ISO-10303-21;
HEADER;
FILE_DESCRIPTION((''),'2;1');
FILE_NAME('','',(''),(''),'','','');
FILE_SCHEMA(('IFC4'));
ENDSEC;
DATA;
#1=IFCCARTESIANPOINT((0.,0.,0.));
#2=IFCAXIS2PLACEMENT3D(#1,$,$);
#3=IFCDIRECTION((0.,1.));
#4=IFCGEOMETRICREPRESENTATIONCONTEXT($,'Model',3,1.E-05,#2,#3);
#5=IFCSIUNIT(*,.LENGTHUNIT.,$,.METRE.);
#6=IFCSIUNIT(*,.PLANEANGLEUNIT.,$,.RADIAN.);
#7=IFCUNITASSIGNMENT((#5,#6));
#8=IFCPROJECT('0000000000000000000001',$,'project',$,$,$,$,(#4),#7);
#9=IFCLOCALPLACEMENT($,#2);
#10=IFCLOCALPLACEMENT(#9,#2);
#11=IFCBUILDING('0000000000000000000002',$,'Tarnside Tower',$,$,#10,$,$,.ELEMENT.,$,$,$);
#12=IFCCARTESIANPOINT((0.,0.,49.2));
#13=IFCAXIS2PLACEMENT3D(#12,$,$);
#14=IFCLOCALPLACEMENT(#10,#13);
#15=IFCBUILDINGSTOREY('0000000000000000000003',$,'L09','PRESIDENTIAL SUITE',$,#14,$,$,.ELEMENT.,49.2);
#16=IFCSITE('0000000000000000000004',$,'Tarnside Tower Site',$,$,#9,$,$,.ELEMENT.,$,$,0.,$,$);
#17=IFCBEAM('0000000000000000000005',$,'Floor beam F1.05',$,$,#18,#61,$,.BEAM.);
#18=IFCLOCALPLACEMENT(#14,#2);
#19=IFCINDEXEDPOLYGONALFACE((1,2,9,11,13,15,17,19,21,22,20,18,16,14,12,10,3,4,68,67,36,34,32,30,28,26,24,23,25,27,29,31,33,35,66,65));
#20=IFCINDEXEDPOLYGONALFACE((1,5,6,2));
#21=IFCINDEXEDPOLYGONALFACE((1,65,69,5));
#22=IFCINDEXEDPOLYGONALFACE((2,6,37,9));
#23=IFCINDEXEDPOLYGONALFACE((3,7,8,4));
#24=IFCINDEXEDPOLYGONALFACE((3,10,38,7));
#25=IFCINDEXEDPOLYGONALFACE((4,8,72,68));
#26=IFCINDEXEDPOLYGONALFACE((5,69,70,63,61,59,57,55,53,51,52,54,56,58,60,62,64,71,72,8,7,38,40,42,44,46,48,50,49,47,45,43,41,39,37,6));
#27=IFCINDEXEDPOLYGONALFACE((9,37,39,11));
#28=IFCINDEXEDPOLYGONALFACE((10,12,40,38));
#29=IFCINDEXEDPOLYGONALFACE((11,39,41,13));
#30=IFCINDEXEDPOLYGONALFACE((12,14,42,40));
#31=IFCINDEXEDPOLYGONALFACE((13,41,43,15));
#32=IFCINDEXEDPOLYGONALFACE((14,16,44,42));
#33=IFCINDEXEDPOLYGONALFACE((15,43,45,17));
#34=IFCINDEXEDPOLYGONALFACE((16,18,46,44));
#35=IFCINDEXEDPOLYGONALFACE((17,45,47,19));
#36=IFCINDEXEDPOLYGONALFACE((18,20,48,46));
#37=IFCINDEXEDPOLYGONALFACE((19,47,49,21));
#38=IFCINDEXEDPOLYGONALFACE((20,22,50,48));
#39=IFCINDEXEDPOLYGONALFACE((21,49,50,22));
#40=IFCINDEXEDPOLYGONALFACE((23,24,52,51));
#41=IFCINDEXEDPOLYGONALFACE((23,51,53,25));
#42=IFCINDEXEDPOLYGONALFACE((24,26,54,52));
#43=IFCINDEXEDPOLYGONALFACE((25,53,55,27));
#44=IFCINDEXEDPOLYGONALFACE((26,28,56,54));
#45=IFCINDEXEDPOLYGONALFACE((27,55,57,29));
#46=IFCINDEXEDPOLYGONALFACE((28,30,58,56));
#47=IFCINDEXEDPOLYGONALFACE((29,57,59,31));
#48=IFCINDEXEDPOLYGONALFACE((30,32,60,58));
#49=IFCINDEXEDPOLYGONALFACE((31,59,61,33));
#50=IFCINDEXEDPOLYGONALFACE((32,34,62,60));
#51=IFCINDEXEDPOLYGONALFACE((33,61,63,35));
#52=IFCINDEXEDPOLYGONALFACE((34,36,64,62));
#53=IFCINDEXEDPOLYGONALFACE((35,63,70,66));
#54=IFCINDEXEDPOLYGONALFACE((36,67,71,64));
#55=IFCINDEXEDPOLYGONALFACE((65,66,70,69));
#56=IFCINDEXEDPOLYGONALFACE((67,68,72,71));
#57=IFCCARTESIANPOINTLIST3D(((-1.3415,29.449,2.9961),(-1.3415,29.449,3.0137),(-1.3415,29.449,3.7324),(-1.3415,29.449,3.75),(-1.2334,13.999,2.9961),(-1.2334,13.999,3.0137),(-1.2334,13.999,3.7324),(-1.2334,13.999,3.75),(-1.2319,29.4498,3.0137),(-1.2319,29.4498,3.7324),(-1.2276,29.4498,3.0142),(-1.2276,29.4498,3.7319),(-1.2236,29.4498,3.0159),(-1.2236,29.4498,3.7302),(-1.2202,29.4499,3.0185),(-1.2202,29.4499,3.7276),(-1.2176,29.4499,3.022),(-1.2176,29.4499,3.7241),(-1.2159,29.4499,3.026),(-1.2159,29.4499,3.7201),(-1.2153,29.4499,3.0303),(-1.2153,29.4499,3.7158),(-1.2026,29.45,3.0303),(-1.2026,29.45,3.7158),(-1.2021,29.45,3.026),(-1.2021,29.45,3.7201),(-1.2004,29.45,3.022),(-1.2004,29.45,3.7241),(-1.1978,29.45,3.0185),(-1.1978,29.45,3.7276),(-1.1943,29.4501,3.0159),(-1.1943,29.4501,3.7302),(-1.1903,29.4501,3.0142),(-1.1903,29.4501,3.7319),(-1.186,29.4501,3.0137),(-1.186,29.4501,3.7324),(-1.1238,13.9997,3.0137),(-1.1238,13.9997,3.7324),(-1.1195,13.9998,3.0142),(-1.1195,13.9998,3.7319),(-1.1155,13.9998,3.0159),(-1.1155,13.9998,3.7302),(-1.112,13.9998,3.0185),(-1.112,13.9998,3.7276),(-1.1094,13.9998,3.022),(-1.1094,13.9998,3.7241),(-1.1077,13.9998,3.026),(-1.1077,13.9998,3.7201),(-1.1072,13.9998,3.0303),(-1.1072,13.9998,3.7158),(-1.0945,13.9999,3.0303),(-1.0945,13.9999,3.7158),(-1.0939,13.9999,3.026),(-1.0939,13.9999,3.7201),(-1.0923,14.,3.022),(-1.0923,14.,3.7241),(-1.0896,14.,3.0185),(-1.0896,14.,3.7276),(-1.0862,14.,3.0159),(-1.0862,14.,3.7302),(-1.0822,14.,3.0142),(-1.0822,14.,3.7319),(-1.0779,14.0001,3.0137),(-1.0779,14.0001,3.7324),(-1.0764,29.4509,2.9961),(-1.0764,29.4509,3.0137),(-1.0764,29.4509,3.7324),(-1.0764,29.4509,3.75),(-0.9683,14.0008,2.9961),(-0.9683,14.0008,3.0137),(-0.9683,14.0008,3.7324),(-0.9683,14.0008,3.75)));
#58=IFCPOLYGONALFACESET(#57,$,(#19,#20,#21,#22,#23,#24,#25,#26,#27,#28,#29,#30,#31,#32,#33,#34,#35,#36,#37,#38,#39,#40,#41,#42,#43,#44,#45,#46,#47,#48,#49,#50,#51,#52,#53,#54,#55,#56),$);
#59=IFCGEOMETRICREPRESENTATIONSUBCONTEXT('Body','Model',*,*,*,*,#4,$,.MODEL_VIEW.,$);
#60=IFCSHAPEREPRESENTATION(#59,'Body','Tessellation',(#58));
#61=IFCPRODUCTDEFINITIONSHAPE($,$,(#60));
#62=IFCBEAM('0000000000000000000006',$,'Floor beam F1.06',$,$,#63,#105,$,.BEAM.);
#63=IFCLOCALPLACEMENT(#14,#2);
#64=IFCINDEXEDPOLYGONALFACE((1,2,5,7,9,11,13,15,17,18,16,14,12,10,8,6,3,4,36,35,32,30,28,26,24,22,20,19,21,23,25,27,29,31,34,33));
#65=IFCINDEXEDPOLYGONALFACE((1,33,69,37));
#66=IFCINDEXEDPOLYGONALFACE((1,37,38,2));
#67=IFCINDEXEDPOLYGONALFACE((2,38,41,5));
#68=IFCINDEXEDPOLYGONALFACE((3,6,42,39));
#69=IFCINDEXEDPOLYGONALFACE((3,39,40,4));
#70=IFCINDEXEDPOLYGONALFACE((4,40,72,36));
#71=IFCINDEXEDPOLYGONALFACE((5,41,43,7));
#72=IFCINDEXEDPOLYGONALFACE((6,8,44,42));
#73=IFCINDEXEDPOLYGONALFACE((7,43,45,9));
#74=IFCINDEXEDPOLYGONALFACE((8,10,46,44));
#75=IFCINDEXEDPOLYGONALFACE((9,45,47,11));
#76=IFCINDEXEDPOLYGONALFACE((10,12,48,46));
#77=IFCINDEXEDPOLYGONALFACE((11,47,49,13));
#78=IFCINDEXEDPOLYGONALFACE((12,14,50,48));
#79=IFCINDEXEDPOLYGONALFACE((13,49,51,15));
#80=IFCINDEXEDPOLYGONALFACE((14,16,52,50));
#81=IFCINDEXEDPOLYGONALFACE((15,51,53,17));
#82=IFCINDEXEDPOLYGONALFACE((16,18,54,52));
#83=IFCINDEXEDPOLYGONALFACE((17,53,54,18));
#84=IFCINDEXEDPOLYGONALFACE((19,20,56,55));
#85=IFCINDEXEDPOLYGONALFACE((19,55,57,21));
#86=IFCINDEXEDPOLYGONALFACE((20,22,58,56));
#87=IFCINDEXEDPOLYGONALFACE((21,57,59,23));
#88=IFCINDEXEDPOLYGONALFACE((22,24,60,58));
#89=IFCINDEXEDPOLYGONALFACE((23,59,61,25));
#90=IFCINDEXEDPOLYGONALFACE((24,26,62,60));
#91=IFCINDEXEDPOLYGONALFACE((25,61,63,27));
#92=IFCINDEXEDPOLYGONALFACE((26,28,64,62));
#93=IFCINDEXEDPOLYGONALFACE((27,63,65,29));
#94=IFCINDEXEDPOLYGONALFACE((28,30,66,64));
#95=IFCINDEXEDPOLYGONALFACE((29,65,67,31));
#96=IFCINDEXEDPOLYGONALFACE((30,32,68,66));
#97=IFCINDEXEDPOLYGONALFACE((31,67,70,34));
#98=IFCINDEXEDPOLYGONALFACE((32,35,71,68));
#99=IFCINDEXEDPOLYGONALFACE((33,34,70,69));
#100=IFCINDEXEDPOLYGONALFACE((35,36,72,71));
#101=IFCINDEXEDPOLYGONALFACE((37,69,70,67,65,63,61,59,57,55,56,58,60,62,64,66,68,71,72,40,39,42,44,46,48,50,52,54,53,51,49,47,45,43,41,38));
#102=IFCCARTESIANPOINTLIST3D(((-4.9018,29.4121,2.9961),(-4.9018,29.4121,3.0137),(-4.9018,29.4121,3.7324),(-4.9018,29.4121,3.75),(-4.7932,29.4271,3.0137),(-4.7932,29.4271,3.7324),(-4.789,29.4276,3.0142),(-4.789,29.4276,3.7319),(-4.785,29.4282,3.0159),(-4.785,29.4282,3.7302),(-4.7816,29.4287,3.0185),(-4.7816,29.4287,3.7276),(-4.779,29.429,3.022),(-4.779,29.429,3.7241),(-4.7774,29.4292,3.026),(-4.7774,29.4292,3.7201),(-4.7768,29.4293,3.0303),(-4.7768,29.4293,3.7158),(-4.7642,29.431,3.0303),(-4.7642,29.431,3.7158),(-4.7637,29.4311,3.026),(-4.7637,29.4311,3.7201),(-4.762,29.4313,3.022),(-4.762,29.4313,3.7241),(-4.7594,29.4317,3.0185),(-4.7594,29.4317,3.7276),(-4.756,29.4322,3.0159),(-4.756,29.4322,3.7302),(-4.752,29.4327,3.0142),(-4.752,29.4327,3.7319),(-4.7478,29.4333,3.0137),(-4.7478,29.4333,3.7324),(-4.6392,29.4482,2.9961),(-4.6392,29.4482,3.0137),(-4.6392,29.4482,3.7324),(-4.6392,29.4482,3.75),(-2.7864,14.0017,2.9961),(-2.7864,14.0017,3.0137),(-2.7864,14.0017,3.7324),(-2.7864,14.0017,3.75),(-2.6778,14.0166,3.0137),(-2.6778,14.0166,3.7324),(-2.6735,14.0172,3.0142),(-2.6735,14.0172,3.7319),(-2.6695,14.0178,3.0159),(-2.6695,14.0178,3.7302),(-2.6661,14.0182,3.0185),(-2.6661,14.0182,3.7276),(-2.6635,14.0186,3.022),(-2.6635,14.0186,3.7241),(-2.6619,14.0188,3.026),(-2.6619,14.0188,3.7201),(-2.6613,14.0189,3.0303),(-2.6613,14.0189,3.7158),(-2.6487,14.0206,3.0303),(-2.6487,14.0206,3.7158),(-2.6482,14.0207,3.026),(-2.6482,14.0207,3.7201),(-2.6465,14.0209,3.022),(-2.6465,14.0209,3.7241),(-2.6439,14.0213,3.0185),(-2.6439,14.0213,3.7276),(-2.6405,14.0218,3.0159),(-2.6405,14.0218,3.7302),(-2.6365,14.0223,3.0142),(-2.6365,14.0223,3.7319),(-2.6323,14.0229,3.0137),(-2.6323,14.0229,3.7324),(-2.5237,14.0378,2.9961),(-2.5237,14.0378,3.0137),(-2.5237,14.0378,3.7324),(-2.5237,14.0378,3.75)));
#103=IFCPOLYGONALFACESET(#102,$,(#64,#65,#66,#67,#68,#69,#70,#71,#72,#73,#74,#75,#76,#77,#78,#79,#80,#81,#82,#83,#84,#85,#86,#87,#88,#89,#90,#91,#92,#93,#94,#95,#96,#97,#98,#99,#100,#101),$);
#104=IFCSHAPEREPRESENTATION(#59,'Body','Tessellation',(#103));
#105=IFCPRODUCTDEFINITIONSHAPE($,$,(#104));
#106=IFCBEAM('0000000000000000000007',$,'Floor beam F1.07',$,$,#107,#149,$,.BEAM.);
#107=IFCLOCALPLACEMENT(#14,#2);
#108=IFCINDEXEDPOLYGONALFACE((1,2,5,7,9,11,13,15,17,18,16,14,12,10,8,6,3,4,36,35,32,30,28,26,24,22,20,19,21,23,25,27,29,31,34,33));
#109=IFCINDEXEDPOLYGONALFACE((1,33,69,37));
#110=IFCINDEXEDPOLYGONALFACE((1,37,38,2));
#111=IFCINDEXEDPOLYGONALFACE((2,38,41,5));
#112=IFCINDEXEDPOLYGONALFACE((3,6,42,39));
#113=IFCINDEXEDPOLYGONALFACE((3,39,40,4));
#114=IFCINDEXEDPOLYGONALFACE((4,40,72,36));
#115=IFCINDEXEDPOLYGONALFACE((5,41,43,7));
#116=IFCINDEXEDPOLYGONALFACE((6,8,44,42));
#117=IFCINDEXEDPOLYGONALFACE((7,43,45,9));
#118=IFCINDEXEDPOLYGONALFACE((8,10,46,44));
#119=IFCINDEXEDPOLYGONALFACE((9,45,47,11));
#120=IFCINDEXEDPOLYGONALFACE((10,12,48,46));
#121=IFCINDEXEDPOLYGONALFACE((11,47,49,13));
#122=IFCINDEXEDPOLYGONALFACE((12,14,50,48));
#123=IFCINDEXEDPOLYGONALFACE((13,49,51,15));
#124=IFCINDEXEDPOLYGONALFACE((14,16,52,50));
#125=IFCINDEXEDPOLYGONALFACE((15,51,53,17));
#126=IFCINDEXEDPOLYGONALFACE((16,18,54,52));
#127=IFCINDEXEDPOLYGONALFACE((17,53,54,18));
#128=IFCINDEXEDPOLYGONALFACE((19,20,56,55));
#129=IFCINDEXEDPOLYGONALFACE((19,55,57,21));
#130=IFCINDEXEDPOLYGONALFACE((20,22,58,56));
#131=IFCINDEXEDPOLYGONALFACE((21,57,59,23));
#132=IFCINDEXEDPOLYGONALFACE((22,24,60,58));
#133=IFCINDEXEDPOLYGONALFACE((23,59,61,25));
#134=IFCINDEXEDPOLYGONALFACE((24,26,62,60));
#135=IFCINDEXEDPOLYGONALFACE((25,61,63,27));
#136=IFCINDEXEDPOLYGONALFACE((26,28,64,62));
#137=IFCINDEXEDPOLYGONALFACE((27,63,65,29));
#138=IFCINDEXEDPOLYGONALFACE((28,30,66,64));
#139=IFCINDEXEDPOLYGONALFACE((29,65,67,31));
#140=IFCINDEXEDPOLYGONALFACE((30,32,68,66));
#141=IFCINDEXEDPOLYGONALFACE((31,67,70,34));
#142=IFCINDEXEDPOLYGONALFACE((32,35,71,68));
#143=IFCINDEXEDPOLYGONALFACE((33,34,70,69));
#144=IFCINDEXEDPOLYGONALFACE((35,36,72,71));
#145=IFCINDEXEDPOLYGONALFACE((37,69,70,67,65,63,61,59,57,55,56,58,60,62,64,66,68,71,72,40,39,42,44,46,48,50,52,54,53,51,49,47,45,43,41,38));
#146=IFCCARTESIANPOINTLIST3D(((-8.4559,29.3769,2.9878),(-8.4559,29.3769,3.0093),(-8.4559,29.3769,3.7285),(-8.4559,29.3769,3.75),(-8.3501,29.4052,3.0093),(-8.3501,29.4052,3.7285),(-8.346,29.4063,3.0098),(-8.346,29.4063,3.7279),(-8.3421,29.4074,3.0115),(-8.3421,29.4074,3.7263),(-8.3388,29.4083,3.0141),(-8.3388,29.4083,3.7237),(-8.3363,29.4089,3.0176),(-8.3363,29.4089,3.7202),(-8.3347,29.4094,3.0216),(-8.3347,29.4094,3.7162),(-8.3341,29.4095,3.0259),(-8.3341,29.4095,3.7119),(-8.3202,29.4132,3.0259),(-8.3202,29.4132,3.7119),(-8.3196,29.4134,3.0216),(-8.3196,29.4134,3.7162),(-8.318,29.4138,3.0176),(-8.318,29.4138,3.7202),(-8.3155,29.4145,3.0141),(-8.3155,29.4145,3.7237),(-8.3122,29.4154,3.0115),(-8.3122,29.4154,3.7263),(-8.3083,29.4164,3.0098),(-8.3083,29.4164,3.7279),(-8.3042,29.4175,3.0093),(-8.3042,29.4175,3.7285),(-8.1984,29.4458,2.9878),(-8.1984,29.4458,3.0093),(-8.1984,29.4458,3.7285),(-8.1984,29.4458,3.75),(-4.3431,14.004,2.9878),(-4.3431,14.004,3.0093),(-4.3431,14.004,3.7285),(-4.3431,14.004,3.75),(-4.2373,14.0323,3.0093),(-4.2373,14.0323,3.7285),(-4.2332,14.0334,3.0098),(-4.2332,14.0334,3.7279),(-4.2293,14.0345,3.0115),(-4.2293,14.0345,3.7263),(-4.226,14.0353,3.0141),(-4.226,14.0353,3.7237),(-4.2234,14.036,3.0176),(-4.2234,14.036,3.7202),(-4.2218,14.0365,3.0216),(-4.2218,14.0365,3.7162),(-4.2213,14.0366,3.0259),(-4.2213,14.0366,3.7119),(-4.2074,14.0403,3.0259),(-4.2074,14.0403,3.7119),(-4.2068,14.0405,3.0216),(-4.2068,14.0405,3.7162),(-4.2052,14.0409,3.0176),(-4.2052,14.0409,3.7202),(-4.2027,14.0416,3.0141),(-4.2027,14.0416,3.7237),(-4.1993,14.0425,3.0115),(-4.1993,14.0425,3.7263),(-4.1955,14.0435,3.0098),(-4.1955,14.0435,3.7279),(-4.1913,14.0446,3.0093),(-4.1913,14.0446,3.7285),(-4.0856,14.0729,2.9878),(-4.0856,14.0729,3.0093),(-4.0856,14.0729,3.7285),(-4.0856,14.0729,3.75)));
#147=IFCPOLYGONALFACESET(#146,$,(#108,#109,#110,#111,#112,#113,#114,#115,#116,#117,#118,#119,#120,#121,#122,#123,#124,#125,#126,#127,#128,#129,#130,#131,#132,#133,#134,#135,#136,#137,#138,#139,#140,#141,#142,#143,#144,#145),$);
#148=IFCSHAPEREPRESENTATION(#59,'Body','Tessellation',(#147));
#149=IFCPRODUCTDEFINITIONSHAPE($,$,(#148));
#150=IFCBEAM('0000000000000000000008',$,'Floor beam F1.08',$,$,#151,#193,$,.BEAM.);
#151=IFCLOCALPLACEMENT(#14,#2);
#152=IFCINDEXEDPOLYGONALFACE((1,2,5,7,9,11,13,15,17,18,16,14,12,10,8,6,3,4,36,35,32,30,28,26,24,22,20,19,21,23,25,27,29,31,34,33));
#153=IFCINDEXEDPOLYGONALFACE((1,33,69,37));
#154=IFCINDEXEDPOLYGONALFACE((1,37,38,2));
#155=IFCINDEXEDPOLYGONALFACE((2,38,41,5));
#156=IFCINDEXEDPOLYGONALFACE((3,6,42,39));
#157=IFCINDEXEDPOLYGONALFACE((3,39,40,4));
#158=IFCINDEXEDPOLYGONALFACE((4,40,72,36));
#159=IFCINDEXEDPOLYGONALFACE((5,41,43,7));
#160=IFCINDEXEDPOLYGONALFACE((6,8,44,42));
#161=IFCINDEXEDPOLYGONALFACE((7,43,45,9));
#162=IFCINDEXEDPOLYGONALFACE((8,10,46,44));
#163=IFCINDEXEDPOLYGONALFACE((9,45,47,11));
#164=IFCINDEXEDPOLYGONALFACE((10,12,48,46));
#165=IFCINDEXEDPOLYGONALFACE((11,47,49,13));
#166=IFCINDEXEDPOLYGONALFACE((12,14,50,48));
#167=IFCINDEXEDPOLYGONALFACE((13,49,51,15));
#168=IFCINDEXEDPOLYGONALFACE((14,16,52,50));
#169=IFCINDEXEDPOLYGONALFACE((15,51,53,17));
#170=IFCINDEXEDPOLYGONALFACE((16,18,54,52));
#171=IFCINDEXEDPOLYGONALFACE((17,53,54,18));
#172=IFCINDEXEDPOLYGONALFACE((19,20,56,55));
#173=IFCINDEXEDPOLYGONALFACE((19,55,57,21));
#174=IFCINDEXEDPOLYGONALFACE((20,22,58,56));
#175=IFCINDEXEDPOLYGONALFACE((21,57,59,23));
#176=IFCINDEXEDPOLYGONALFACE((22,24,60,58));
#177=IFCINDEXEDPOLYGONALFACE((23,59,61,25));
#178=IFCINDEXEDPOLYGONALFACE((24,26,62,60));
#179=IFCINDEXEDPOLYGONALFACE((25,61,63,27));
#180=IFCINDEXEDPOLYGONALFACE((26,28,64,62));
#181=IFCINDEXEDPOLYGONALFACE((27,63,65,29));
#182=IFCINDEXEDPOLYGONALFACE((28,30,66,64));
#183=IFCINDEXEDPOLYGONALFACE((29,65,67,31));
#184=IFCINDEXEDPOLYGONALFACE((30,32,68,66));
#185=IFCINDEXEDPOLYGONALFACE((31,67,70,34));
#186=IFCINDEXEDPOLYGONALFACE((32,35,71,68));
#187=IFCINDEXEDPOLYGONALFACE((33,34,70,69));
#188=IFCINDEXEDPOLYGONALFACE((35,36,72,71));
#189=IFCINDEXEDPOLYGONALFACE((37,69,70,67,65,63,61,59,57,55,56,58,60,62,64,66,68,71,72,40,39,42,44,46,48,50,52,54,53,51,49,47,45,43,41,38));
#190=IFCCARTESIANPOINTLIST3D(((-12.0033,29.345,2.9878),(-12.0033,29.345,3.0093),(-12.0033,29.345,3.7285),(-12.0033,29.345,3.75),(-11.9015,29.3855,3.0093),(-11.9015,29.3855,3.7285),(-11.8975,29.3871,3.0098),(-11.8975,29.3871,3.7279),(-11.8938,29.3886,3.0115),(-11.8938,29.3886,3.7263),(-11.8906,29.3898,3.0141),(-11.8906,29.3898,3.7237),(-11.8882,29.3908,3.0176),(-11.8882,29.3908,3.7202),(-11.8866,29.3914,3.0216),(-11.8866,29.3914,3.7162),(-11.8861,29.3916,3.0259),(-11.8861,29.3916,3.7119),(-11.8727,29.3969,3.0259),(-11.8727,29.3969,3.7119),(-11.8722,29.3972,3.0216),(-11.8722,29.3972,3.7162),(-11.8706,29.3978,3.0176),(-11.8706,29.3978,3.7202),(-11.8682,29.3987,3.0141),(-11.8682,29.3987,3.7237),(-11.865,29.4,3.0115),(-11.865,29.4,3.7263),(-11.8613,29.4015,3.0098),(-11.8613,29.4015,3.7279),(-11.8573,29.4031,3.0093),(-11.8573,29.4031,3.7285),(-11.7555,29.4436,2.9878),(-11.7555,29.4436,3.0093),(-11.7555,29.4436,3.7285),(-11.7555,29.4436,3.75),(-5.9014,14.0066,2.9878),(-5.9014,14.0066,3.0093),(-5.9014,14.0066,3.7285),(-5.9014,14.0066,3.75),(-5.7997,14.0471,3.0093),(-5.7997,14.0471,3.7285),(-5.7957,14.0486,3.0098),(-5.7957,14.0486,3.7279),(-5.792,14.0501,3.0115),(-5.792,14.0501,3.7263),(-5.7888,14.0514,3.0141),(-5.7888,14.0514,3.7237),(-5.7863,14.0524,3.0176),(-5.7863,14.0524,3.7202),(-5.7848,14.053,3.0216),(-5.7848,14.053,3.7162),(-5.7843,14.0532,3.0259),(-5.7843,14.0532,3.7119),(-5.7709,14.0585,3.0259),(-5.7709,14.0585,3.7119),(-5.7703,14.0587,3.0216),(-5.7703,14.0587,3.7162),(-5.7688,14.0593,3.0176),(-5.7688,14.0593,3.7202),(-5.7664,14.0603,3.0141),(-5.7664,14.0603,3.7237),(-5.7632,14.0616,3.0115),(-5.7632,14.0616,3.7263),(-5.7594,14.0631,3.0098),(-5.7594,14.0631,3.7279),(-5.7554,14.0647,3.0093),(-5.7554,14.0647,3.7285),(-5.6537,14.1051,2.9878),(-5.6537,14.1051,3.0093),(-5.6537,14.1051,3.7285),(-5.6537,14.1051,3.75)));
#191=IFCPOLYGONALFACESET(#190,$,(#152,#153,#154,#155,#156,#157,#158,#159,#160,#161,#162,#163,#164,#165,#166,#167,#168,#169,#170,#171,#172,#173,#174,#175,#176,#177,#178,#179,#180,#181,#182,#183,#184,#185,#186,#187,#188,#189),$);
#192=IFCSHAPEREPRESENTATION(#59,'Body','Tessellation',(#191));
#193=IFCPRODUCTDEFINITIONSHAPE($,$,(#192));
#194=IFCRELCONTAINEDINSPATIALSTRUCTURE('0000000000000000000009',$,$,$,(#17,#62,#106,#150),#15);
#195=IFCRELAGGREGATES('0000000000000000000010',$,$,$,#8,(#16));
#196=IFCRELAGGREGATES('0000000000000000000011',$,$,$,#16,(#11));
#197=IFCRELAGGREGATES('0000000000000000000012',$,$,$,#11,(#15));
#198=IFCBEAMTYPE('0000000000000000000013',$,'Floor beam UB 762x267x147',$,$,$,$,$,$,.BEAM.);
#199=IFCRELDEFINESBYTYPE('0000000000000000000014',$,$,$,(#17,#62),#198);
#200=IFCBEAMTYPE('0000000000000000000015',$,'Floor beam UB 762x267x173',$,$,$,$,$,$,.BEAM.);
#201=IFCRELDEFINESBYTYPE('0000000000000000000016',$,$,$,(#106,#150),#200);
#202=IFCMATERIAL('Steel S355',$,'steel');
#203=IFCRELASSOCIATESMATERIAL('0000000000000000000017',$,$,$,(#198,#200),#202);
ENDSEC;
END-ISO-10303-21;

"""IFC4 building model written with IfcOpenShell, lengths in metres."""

from ifc_helpers import new_model, si_unit, direction, frame, origin, origin_2d, place, context, subcontext, project, spatial, i_section, extrude, material, material_profile, profile_set, type_object, element, save


model = new_model("IFC4")

# Units and contexts
model_context = context("Model", 3, precision=1e-05, world=origin(), true_north=direction((0.0, 1.0)))
body_context = subcontext(model_context, "Body", "Model", "MODEL_VIEW")
ifc_project = project(units=[si_unit("LENGTHUNIT", "METRE"), si_unit("PLANEANGLEUNIT", "RADIAN")], contexts=[model_context])

# Site, building, storey
site_placement = place(None, origin())
site = spatial("IfcSite", under=ifc_project, at=site_placement, Name="Tarnside Tower Site", CompositionType="ELEMENT", RefElevation=0.0)
building_placement = place(site_placement, origin())
building = spatial("IfcBuilding", under=site, at=building_placement, Name="Tarnside Tower", CompositionType="ELEMENT")
storey_placement = place(building_placement, frame((0.0, 0.0, 49.2)))
storey = spatial("IfcBuildingStorey", under=building, at=storey_placement, Name="L09", Description="PRESIDENTIAL SUITE", CompositionType="ELEMENT", Elevation=49.2)

# Beams
ifc_material_1 = material(Name="Steel S355", Category="steel")
ifc_material_profile_1 = material_profile(ifc_material_1, i_section(OverallWidth=0.2651, OverallDepth=0.7539, WebThickness=0.0127, FlangeThickness=0.0176, FilletRadius=0.0166, at=origin_2d()), Name="UB 762x267x147")
ifc_profile_set_1 = profile_set([ifc_material_profile_1], Name="Steel S355")
beam_type_1 = type_object("IfcBeamType", Name="Floor beam UB 762x267x147", PredefinedType="BEAM", material=ifc_profile_set_1)
beam_1_placement = place(storey_placement, frame((-1.209, 29.45, 3.373), z_axis=(0.007, -0.999975, 0.0), x_axis=(0.999975, 0.007, 0.0)))
element("IfcBeam", 1, at=beam_1_placement, inside=storey, type_object=beam_type_1, Name="Floor beam F1.05", PredefinedType="BEAM", context=body_context, shape_type="SweptSolid", body=[
    extrude(i_section(OverallWidth=0.2651, OverallDepth=0.7539, WebThickness=0.0127, FlangeThickness=0.0176, FilletRadius=0.0166, at=origin_2d()), origin(), (0.0, 0.0, 1.0), 15.4504),
])
beam_2_placement = place(storey_placement, frame((-4.7705, 29.4302, 3.373), z_axis=(0.136001, -0.990709, 0.0), x_axis=(0.990709, 0.136001, 0.0)))
element("IfcBeam", 2, at=beam_2_placement, inside=storey, type_object=beam_type_1, Name="Floor beam F1.06", PredefinedType="BEAM", context=body_context, shape_type="SweptSolid", body=[
    extrude(i_section(OverallWidth=0.2651, OverallDepth=0.7539, WebThickness=0.0127, FlangeThickness=0.0176, FilletRadius=0.0166, at=origin_2d()), origin(), (0.0, 0.0, 1.0), 15.5549),
])
ifc_material_profile_2 = material_profile(ifc_material_1, i_section(OverallWidth=0.2666, OverallDepth=0.7622, WebThickness=0.0144, FlangeThickness=0.0215, FilletRadius=0.0166, at=origin_2d()), Name="UB 762x267x173")
ifc_profile_set_2 = profile_set([ifc_material_profile_2], Name="Steel S355")
beam_type_2 = type_object("IfcBeamType", Name="Floor beam UB 762x267x173", PredefinedType="BEAM", material=ifc_profile_set_2)
beam_3_placement = place(storey_placement, frame((-8.3271, 29.4114, 3.3689), z_axis=(0.258447, -0.966025, 0.0), x_axis=(0.966025, 0.258447, 0.0)))
element("IfcBeam", 3, at=beam_3_placement, inside=storey, type_object=beam_type_2, Name="Floor beam F1.07", PredefinedType="BEAM", context=body_context, shape_type="SweptSolid", body=[
    extrude(i_section(OverallWidth=0.2666, OverallDepth=0.7622, WebThickness=0.0144, FlangeThickness=0.0215, FilletRadius=0.0166, at=origin_2d()), origin(), (0.0, 0.0, 1.0), 15.9136),
])
beam_4_placement = place(storey_placement, frame((-11.8794, 29.3943, 3.3689), z_axis=(0.369638, -0.929176, 0.0), x_axis=(0.929176, 0.369638, 0.0)))
element("IfcBeam", 4, at=beam_4_placement, inside=storey, type_object=beam_type_2, Name="Floor beam F1.08", PredefinedType="BEAM", context=body_context, shape_type="SweptSolid", body=[
    extrude(i_section(OverallWidth=0.2666, OverallDepth=0.7622, WebThickness=0.0144, FlangeThickness=0.0215, FilletRadius=0.0166, at=origin_2d()), origin(), (0.0, 0.0, 1.0), 16.5076),
])

save(model, "model.ifc")
